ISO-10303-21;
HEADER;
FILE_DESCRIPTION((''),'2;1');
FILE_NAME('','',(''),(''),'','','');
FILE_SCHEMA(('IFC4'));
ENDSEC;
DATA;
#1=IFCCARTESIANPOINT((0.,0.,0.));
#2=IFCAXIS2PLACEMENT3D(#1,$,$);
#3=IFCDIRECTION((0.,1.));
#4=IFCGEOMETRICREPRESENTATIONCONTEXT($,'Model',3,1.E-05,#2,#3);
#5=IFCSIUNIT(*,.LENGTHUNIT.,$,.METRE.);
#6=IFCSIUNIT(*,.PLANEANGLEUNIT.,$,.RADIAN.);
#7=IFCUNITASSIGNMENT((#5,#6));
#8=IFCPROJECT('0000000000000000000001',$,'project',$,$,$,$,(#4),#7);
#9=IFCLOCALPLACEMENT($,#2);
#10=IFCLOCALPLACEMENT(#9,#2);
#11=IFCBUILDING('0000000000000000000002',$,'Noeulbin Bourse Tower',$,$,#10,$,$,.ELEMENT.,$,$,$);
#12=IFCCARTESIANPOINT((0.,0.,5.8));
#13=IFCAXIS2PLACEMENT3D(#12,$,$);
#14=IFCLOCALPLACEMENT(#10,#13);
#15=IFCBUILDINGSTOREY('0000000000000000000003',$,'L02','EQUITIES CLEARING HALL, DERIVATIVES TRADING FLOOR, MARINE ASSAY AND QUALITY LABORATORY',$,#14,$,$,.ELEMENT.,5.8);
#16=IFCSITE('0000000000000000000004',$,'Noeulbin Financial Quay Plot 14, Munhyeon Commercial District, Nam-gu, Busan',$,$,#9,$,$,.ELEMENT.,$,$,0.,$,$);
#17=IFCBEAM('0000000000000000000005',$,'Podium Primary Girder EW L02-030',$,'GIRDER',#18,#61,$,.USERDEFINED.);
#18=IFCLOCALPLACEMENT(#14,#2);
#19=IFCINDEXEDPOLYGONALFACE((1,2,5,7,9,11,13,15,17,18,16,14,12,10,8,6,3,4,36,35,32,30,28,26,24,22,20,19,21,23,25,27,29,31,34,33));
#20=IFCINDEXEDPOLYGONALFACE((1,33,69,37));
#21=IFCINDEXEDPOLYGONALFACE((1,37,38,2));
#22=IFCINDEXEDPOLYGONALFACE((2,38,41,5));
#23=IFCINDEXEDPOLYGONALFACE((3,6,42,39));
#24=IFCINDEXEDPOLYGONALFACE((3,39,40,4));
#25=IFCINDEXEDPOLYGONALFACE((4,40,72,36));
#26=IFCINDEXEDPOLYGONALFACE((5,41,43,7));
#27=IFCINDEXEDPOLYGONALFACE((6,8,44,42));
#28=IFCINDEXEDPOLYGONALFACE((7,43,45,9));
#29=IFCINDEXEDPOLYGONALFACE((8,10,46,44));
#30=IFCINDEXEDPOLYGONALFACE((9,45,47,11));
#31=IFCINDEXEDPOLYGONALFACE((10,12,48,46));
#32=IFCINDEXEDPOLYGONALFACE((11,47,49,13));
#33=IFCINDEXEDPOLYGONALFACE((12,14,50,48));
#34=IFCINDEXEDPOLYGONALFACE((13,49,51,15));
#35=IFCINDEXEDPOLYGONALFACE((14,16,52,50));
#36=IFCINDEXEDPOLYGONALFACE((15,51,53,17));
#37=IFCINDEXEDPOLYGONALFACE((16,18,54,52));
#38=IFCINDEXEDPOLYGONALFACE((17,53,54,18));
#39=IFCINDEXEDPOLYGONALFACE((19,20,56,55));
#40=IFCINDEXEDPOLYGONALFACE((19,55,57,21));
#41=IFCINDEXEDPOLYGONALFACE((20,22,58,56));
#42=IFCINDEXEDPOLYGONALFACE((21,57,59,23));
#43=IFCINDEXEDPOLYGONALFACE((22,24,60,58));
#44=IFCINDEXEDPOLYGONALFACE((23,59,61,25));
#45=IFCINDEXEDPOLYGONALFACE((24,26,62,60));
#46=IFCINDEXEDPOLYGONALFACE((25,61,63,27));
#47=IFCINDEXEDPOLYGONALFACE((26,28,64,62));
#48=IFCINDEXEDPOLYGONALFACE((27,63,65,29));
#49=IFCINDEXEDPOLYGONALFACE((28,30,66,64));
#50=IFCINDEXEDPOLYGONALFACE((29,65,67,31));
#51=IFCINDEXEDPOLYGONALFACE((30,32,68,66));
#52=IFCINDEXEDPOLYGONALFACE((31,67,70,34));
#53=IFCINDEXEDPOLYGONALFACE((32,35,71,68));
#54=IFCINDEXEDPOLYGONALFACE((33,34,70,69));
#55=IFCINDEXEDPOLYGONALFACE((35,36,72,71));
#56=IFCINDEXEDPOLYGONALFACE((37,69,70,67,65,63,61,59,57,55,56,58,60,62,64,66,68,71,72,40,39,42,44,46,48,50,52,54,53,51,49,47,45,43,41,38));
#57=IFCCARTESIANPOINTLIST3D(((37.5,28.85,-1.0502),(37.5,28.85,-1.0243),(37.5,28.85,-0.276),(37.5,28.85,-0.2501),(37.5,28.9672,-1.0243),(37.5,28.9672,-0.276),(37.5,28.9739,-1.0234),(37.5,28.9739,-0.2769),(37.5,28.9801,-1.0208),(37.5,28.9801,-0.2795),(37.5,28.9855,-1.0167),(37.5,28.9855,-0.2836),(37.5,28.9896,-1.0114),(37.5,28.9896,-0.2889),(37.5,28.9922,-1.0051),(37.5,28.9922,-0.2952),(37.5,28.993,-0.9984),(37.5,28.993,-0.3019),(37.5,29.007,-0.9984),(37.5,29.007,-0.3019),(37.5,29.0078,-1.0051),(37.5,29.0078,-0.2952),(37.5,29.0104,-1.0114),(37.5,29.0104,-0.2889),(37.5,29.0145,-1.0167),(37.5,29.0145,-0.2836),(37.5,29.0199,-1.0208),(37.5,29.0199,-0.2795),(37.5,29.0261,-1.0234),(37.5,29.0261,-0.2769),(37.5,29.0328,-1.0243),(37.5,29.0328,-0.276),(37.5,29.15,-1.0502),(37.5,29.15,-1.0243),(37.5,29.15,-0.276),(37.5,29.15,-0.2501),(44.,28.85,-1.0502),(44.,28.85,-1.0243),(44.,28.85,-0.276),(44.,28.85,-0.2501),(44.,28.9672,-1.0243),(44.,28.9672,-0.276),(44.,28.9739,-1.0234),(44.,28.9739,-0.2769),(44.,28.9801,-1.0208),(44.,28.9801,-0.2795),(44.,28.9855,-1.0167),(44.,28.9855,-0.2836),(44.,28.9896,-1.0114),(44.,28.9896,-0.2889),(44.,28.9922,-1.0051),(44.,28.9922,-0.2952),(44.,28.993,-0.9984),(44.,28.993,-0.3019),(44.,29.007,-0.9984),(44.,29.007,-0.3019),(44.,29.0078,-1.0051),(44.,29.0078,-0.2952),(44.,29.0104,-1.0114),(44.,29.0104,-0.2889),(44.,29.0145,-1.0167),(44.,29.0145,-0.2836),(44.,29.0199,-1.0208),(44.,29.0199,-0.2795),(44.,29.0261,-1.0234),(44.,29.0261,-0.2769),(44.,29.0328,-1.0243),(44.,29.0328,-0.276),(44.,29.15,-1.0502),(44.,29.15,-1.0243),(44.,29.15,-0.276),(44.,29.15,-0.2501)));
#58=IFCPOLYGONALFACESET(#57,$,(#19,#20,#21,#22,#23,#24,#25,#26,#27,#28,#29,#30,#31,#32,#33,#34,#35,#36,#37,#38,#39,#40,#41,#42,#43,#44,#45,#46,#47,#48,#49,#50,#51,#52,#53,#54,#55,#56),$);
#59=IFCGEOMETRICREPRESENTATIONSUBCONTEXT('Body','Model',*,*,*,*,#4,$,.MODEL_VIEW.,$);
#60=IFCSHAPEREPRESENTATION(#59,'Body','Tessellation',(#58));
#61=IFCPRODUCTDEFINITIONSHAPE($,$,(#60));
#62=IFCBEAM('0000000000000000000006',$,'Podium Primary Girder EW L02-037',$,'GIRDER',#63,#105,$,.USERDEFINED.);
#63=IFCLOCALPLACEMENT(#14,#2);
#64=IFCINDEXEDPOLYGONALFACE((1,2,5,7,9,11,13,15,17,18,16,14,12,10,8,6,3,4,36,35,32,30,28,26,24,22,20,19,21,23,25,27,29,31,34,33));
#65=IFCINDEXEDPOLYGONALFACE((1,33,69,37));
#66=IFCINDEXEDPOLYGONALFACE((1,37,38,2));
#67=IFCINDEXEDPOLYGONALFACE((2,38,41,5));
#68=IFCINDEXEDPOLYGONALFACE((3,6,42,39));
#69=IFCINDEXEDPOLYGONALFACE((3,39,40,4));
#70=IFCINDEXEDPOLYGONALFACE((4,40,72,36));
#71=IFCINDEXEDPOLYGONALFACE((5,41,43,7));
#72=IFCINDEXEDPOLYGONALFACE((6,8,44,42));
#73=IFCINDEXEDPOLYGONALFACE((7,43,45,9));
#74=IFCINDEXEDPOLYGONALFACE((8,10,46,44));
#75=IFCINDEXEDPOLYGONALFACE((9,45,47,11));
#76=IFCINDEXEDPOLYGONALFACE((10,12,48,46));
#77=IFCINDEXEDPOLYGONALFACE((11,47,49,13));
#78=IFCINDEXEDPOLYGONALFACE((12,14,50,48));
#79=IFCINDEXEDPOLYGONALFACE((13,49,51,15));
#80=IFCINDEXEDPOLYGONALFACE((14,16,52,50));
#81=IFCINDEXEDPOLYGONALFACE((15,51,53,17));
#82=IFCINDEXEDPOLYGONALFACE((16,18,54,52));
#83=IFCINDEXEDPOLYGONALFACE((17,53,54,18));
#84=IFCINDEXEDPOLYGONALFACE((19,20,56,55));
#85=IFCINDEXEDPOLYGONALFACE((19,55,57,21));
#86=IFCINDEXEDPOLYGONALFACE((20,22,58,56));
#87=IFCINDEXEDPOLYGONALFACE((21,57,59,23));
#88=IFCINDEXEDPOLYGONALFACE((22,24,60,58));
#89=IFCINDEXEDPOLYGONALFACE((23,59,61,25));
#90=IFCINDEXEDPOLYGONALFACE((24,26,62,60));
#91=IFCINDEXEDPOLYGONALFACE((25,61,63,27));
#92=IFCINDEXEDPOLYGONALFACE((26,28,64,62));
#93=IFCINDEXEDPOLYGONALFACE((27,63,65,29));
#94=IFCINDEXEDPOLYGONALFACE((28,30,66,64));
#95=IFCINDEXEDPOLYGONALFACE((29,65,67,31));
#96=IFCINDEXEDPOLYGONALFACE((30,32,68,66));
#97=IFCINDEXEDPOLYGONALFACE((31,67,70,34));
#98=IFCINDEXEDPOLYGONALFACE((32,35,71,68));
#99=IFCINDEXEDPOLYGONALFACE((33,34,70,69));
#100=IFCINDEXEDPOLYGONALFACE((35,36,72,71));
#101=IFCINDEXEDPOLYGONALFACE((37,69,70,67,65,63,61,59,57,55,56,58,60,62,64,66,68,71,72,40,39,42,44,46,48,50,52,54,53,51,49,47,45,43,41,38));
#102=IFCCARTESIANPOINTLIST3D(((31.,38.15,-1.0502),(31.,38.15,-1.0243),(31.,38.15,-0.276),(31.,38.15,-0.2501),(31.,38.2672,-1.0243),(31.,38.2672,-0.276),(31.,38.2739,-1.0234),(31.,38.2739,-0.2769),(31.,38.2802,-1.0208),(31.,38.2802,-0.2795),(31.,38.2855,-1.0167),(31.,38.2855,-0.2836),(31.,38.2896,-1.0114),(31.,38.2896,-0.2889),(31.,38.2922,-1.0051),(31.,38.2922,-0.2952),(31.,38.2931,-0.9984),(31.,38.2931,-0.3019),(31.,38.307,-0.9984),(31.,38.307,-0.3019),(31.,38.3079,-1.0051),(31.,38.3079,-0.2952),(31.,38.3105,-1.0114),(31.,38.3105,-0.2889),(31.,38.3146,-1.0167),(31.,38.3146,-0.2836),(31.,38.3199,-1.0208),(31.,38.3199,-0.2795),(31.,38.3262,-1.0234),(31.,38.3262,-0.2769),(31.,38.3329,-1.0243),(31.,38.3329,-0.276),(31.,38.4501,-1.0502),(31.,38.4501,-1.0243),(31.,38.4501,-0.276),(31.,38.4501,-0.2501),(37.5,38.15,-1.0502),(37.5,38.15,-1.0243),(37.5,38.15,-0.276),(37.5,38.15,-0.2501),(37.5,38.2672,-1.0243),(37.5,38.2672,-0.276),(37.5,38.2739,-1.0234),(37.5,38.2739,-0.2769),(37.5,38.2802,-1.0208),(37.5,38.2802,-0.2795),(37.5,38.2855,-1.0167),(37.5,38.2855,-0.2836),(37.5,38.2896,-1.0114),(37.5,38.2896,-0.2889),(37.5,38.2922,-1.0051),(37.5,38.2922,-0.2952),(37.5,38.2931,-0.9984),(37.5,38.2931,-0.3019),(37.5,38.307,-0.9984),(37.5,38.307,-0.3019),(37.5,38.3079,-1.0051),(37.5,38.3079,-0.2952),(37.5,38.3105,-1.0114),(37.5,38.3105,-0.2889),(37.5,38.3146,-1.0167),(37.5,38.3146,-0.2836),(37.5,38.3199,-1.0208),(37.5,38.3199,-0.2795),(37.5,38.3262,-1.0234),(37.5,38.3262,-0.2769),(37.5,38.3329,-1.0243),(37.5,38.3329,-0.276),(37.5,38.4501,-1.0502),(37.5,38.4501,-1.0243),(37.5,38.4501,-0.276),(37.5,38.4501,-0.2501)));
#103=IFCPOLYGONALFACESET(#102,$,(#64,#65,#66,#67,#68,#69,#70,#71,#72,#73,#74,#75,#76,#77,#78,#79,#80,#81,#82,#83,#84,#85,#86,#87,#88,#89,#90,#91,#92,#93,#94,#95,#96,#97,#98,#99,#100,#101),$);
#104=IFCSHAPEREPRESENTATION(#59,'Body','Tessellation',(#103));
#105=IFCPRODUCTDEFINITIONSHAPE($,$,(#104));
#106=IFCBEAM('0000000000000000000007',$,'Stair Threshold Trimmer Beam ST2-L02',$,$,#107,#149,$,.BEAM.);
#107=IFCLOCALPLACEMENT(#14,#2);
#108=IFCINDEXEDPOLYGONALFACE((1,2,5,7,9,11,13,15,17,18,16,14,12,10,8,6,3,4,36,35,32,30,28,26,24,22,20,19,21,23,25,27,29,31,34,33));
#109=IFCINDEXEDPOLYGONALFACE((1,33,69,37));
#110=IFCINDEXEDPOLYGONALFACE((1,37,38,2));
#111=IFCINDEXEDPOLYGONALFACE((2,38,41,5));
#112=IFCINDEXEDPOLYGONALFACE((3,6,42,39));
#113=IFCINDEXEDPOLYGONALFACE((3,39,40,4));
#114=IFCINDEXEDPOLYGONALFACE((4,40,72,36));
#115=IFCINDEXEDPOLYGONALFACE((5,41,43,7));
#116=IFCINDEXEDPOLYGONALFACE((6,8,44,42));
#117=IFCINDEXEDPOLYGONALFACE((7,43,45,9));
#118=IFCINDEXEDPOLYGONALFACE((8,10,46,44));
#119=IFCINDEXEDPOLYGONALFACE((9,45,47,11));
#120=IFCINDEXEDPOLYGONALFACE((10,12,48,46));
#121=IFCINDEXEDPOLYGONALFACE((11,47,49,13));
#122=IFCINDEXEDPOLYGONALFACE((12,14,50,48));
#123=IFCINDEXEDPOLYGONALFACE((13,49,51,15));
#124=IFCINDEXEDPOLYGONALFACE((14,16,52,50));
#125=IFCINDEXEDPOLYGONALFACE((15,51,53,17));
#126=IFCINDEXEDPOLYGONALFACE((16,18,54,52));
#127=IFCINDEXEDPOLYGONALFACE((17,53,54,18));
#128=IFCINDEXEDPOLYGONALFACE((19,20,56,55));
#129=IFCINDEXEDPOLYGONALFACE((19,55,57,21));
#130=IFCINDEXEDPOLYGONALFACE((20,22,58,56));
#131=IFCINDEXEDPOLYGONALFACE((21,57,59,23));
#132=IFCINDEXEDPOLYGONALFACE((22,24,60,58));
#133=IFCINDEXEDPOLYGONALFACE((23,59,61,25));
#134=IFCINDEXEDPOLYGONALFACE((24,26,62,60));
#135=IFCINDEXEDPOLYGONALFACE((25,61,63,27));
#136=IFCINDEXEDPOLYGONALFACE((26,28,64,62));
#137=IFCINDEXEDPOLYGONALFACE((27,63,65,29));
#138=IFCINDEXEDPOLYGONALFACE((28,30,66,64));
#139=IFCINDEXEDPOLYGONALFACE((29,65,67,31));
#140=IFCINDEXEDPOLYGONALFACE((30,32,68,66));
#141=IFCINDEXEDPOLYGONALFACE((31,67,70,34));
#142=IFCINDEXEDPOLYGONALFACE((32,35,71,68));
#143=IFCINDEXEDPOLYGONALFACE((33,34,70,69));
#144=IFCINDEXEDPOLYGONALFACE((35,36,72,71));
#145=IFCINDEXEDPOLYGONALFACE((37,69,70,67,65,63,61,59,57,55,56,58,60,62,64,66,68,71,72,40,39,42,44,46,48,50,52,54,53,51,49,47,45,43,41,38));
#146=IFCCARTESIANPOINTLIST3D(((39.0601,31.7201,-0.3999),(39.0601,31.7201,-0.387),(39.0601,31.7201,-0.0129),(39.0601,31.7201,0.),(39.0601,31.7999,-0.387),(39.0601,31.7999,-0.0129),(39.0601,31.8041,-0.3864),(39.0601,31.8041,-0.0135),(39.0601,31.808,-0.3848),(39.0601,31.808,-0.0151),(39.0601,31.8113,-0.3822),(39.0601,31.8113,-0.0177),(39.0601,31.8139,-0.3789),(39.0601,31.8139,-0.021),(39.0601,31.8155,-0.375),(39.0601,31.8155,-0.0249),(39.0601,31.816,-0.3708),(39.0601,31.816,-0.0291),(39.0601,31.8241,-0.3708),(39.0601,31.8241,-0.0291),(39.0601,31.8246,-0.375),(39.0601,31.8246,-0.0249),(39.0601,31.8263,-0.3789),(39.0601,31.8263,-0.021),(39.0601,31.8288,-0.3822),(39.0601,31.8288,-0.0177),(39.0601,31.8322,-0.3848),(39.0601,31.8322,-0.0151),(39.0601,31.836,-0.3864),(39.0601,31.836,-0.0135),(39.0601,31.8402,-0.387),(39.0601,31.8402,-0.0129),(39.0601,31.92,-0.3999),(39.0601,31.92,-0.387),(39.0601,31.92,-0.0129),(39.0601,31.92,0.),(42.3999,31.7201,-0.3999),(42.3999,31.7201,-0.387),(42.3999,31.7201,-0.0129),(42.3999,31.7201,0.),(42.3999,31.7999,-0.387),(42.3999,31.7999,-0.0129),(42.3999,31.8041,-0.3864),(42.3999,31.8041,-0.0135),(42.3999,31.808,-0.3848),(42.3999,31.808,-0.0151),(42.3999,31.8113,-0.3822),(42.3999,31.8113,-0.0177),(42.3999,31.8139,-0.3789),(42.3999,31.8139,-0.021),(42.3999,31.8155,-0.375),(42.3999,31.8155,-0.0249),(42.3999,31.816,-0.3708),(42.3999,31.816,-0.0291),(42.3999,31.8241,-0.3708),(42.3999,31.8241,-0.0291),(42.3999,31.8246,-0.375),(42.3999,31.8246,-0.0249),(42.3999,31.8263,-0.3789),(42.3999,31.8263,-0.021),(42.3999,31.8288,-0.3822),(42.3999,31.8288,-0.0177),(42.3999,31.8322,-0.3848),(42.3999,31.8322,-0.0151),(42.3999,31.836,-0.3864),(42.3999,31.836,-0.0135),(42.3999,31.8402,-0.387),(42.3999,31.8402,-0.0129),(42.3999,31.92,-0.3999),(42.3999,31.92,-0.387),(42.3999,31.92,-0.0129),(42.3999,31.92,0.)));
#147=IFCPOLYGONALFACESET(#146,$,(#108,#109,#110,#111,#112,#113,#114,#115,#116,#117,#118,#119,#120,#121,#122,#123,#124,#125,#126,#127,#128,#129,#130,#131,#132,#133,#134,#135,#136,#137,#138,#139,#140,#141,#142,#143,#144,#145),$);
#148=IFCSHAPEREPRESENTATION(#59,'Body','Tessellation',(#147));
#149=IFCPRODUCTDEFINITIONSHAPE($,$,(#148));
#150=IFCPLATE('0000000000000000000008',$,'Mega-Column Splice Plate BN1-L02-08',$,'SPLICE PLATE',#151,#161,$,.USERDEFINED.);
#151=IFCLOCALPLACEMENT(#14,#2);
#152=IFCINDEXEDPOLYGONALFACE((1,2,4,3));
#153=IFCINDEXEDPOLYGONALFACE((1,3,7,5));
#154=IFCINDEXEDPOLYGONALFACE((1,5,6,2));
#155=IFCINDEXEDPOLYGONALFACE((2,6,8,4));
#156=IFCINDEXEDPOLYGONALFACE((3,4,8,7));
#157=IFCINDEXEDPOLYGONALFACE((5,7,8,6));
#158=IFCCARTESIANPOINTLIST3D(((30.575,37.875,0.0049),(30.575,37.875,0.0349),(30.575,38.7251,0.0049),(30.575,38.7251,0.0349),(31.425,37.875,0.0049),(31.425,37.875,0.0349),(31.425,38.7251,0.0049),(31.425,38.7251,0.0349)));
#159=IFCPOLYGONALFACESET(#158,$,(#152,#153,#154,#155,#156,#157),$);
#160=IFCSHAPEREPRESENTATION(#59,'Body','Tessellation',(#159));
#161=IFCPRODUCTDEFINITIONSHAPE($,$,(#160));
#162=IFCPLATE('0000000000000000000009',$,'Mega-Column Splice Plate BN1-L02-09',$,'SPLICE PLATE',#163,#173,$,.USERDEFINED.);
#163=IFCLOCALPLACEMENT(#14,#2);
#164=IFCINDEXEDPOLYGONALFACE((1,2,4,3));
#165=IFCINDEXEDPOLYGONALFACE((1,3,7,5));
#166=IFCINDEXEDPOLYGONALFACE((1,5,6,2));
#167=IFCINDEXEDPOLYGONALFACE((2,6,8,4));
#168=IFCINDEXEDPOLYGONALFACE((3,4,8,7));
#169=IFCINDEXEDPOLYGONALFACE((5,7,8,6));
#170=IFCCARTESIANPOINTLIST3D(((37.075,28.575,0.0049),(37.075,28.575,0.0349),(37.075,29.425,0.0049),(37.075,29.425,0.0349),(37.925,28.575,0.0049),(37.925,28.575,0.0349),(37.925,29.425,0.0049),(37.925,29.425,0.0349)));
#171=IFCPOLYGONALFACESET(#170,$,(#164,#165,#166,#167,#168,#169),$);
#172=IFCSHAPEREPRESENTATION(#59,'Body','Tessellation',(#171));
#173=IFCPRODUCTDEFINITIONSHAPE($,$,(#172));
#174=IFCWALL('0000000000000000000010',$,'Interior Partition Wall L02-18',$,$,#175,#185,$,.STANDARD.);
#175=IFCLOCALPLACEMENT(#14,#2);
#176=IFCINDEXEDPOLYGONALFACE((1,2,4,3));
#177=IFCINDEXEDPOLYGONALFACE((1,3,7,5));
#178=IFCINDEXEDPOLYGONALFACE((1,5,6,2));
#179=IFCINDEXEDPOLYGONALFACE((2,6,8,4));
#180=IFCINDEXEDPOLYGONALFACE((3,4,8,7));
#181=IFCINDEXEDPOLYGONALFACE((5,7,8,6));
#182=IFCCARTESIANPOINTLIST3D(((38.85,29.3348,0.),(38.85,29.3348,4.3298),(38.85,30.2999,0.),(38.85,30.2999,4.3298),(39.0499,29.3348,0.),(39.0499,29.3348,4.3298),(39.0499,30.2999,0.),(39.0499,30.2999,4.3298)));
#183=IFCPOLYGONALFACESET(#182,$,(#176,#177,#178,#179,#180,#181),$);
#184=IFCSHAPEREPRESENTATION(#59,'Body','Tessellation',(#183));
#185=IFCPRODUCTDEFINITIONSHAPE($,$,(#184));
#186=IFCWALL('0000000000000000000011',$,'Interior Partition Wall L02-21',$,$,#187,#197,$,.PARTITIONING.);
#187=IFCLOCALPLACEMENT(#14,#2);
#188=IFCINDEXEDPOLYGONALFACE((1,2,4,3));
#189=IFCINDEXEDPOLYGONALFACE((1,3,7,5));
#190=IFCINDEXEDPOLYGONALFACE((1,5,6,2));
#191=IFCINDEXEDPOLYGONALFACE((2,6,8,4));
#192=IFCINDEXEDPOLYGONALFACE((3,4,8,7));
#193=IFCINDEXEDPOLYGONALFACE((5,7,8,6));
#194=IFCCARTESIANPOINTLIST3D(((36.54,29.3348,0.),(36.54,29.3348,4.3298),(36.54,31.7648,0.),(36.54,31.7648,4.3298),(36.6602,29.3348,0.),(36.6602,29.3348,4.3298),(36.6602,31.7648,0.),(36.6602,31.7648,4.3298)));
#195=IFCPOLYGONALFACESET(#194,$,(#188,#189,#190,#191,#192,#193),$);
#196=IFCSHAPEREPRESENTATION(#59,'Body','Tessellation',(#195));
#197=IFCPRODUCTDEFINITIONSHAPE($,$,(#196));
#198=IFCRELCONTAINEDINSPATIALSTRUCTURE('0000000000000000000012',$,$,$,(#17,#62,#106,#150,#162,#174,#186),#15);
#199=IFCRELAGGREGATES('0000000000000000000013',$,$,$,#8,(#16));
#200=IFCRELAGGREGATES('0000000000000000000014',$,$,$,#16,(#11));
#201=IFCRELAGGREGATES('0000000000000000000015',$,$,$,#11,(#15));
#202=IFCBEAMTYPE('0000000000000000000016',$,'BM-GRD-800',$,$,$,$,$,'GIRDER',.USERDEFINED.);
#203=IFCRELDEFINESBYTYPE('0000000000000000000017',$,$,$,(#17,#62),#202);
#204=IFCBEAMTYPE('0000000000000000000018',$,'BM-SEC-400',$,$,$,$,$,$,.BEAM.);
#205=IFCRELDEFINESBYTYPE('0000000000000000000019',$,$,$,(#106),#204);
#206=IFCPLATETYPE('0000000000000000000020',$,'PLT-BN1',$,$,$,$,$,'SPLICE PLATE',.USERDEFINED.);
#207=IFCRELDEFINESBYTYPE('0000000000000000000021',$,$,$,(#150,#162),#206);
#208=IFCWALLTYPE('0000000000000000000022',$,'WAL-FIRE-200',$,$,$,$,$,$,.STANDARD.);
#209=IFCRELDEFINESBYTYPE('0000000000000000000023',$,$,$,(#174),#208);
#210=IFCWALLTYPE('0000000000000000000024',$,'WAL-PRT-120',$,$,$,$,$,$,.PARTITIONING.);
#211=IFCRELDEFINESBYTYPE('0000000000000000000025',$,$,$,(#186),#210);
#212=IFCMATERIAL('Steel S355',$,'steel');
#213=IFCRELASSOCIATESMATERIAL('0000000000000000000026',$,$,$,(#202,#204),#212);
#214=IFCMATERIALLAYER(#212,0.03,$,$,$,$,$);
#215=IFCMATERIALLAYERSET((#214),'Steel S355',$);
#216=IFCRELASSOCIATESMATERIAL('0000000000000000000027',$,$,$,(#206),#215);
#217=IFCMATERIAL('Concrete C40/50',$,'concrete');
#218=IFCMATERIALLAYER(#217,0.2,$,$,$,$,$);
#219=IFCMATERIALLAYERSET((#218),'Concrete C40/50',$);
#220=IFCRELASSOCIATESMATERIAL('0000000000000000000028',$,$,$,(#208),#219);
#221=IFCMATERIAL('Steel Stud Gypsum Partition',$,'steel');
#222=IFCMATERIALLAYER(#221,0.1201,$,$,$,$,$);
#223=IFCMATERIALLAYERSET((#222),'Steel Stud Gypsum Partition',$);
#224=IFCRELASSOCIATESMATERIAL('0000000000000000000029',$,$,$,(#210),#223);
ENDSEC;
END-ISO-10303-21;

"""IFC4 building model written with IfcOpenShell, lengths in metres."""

from ifc_helpers import new_model, si_unit, direction, frame, frame_2d, origin, origin_2d, place, context, subcontext, project, spatial, rectangle, i_section, extrude, material, layer, layer_set, material_profile, profile_set, type_object, element, save


model = new_model("IFC4")

# Units and contexts
model_context = context("Model", 3, precision=1e-05, world=origin(), true_north=direction((0.0, 1.0)))
body_context = subcontext(model_context, "Body", "Model", "MODEL_VIEW")
ifc_project = project(units=[si_unit("LENGTHUNIT", "METRE"), si_unit("PLANEANGLEUNIT", "RADIAN")], contexts=[model_context])

# Site, building, storey
site_placement = place(None, origin())
site = spatial("IfcSite", under=ifc_project, at=site_placement, Name="Noeulbin Financial Quay Plot 14, Munhyeon Commercial District, Nam-gu, Busan", CompositionType="ELEMENT", RefElevation=0.0)
building_placement = place(site_placement, origin())
building = spatial("IfcBuilding", under=site, at=building_placement, Name="Noeulbin Bourse Tower", CompositionType="ELEMENT")
storey_placement = place(building_placement, frame((0.0, 0.0, 5.8)))
storey = spatial("IfcBuildingStorey", under=building, at=storey_placement, Name="L02", Description="EQUITIES CLEARING HALL, DERIVATIVES TRADING FLOOR, MARINE ASSAY AND QUALITY LABORATORY", CompositionType="ELEMENT", Elevation=5.8)

# Beams
ifc_material_1 = material(Name="Steel S355", Category="steel")
ifc_material_profile_1 = material_profile(ifc_material_1, i_section(OverallWidth=0.3, OverallDepth=0.8, WebThickness=0.0139, FlangeThickness=0.0259, FilletRadius=0.0259, at=origin_2d()), Name="H-800x300x14x26", Category="LoadBearing")
ifc_profile_set_1 = profile_set([ifc_material_profile_1], Name="Steel S355")
beam_type_1 = type_object("IfcBeamType", Name="BM-GRD-800", ElementType="GIRDER", PredefinedType="USERDEFINED", material=ifc_profile_set_1)
for number, where, z_axis, x_axis, name in (
    (1, (37.5, 29.0, -0.6501), (1.0, 0.0, 0.0), (0.0, 1.0, 0.0), "Podium Primary Girder EW L02-030"),
    (2, (31.0, 38.3, -0.6501), (1.0, 0.0, 0.0), (0.0, 1.0, 0.0), "Podium Primary Girder EW L02-037"),
):
    element("IfcBeam", number, at=place(storey_placement, frame(where, z_axis=z_axis, x_axis=x_axis)), inside=storey, type_object=beam_type_1, Name=name, ObjectType="GIRDER", PredefinedType="USERDEFINED", context=body_context, shape_type="SweptSolid", body=[
        extrude(i_section(OverallWidth=0.3, OverallDepth=0.8, WebThickness=0.0139, FlangeThickness=0.0259, FilletRadius=0.0259, at=origin_2d()), origin(), (0.0, 0.0, 1.0), 6.5),
    ])
ifc_material_profile_2 = material_profile(ifc_material_1, i_section(OverallWidth=0.2, OverallDepth=0.3999, WebThickness=0.0081, FlangeThickness=0.0129, FilletRadius=0.0161, at=origin_2d()), Name="H-400x200x8x13", Category="LoadBearing")
ifc_profile_set_2 = profile_set([ifc_material_profile_2], Name="Steel S355")
beam_type_2 = type_object("IfcBeamType", Name="BM-SEC-400", PredefinedType="BEAM", material=ifc_profile_set_2)
beam_placement = place(storey_placement, frame((39.0601, 31.8201, -0.2), z_axis=(1.0, 0.0, 0.0), x_axis=(0.0, 1.0, 0.0)))
element("IfcBeam", 3, at=beam_placement, inside=storey, type_object=beam_type_2, Name="Stair Threshold Trimmer Beam ST2-L02", PredefinedType="BEAM", context=body_context, shape_type="SweptSolid", body=[
    extrude(i_section(OverallWidth=0.2, OverallDepth=0.3999, WebThickness=0.0081, FlangeThickness=0.0129, FilletRadius=0.0161, at=origin_2d()), origin(), (0.0, 0.0, 1.0), 3.3398),
])

# Plates
ifc_layer_1 = layer(ifc_material_1, 0.03)
ifc_layer_set_1 = layer_set([ifc_layer_1], Name="Steel S355")
plate_type = type_object("IfcPlateType", Name="PLT-BN1", ElementType="SPLICE PLATE", PredefinedType="USERDEFINED", material=ifc_layer_set_1)
for number, where, z_axis, x_axis, name in (
    (4, (31.0, 38.3, 0.0049), (0.0, 0.0, 1.0), (1.0, 0.0, 0.0), "Mega-Column Splice Plate BN1-L02-08"),
    (5, (37.5, 29.0, 0.0049), (0.0, 0.0, 1.0), (1.0, 0.0, 0.0), "Mega-Column Splice Plate BN1-L02-09"),
):
    element("IfcPlate", number, at=place(storey_placement, frame(where, z_axis=z_axis, x_axis=x_axis)), inside=storey, type_object=plate_type, Name=name, ObjectType="SPLICE PLATE", PredefinedType="USERDEFINED", context=body_context, shape_type="SweptSolid", body=[
        extrude(rectangle(XDim=0.8501, YDim=0.8501, at=origin_2d()), origin(), (0.0, 0.0, 1.0), 0.03),
    ])

# Walls
ifc_material_2 = material(Name="Concrete C40/50", Category="concrete")
ifc_layer_2 = layer(ifc_material_2, 0.2)
ifc_layer_set_2 = layer_set([ifc_layer_2], Name="Concrete C40/50")
wall_type_1 = type_object("IfcWallType", Name="WAL-FIRE-200", PredefinedType="STANDARD", material=ifc_layer_set_2)
wall_1_placement = place(storey_placement, frame((38.95, 29.335, 0.0), z_axis=(0.0, 0.0, 1.0), x_axis=(0.0, 1.0, 0.0)))
element("IfcWall", 6, at=wall_1_placement, inside=storey, type_object=wall_type_1, Name="Interior Partition Wall L02-18", PredefinedType="STANDARD", context=body_context, shape_type="SweptSolid", body=[
    extrude(rectangle(XDim=0.9651, YDim=0.2, at=frame_2d((0.4824, 0.0))), origin(), (0.0, 0.0, 1.0), 4.3298),
])
ifc_material_3 = material(Name="Steel Stud Gypsum Partition", Category="steel")
ifc_layer_3 = layer(ifc_material_3, 0.1201)
ifc_layer_set_3 = layer_set([ifc_layer_3], Name="Steel Stud Gypsum Partition")
wall_type_2 = type_object("IfcWallType", Name="WAL-PRT-120", PredefinedType="PARTITIONING", material=ifc_layer_set_3)
wall_2_placement = place(storey_placement, frame((36.6001, 29.335, 0.0), z_axis=(0.0, 0.0, 1.0), x_axis=(0.0, 1.0, 0.0)))
element("IfcWall", 7, at=wall_2_placement, inside=storey, type_object=wall_type_2, Name="Interior Partition Wall L02-21", PredefinedType="PARTITIONING", context=body_context, shape_type="SweptSolid", body=[
    extrude(rectangle(XDim=2.4299, YDim=0.1201, at=frame_2d((1.2148, 0.0))), origin(), (0.0, 0.0, 1.0), 4.3298),
])

save(model, "model.ifc")
